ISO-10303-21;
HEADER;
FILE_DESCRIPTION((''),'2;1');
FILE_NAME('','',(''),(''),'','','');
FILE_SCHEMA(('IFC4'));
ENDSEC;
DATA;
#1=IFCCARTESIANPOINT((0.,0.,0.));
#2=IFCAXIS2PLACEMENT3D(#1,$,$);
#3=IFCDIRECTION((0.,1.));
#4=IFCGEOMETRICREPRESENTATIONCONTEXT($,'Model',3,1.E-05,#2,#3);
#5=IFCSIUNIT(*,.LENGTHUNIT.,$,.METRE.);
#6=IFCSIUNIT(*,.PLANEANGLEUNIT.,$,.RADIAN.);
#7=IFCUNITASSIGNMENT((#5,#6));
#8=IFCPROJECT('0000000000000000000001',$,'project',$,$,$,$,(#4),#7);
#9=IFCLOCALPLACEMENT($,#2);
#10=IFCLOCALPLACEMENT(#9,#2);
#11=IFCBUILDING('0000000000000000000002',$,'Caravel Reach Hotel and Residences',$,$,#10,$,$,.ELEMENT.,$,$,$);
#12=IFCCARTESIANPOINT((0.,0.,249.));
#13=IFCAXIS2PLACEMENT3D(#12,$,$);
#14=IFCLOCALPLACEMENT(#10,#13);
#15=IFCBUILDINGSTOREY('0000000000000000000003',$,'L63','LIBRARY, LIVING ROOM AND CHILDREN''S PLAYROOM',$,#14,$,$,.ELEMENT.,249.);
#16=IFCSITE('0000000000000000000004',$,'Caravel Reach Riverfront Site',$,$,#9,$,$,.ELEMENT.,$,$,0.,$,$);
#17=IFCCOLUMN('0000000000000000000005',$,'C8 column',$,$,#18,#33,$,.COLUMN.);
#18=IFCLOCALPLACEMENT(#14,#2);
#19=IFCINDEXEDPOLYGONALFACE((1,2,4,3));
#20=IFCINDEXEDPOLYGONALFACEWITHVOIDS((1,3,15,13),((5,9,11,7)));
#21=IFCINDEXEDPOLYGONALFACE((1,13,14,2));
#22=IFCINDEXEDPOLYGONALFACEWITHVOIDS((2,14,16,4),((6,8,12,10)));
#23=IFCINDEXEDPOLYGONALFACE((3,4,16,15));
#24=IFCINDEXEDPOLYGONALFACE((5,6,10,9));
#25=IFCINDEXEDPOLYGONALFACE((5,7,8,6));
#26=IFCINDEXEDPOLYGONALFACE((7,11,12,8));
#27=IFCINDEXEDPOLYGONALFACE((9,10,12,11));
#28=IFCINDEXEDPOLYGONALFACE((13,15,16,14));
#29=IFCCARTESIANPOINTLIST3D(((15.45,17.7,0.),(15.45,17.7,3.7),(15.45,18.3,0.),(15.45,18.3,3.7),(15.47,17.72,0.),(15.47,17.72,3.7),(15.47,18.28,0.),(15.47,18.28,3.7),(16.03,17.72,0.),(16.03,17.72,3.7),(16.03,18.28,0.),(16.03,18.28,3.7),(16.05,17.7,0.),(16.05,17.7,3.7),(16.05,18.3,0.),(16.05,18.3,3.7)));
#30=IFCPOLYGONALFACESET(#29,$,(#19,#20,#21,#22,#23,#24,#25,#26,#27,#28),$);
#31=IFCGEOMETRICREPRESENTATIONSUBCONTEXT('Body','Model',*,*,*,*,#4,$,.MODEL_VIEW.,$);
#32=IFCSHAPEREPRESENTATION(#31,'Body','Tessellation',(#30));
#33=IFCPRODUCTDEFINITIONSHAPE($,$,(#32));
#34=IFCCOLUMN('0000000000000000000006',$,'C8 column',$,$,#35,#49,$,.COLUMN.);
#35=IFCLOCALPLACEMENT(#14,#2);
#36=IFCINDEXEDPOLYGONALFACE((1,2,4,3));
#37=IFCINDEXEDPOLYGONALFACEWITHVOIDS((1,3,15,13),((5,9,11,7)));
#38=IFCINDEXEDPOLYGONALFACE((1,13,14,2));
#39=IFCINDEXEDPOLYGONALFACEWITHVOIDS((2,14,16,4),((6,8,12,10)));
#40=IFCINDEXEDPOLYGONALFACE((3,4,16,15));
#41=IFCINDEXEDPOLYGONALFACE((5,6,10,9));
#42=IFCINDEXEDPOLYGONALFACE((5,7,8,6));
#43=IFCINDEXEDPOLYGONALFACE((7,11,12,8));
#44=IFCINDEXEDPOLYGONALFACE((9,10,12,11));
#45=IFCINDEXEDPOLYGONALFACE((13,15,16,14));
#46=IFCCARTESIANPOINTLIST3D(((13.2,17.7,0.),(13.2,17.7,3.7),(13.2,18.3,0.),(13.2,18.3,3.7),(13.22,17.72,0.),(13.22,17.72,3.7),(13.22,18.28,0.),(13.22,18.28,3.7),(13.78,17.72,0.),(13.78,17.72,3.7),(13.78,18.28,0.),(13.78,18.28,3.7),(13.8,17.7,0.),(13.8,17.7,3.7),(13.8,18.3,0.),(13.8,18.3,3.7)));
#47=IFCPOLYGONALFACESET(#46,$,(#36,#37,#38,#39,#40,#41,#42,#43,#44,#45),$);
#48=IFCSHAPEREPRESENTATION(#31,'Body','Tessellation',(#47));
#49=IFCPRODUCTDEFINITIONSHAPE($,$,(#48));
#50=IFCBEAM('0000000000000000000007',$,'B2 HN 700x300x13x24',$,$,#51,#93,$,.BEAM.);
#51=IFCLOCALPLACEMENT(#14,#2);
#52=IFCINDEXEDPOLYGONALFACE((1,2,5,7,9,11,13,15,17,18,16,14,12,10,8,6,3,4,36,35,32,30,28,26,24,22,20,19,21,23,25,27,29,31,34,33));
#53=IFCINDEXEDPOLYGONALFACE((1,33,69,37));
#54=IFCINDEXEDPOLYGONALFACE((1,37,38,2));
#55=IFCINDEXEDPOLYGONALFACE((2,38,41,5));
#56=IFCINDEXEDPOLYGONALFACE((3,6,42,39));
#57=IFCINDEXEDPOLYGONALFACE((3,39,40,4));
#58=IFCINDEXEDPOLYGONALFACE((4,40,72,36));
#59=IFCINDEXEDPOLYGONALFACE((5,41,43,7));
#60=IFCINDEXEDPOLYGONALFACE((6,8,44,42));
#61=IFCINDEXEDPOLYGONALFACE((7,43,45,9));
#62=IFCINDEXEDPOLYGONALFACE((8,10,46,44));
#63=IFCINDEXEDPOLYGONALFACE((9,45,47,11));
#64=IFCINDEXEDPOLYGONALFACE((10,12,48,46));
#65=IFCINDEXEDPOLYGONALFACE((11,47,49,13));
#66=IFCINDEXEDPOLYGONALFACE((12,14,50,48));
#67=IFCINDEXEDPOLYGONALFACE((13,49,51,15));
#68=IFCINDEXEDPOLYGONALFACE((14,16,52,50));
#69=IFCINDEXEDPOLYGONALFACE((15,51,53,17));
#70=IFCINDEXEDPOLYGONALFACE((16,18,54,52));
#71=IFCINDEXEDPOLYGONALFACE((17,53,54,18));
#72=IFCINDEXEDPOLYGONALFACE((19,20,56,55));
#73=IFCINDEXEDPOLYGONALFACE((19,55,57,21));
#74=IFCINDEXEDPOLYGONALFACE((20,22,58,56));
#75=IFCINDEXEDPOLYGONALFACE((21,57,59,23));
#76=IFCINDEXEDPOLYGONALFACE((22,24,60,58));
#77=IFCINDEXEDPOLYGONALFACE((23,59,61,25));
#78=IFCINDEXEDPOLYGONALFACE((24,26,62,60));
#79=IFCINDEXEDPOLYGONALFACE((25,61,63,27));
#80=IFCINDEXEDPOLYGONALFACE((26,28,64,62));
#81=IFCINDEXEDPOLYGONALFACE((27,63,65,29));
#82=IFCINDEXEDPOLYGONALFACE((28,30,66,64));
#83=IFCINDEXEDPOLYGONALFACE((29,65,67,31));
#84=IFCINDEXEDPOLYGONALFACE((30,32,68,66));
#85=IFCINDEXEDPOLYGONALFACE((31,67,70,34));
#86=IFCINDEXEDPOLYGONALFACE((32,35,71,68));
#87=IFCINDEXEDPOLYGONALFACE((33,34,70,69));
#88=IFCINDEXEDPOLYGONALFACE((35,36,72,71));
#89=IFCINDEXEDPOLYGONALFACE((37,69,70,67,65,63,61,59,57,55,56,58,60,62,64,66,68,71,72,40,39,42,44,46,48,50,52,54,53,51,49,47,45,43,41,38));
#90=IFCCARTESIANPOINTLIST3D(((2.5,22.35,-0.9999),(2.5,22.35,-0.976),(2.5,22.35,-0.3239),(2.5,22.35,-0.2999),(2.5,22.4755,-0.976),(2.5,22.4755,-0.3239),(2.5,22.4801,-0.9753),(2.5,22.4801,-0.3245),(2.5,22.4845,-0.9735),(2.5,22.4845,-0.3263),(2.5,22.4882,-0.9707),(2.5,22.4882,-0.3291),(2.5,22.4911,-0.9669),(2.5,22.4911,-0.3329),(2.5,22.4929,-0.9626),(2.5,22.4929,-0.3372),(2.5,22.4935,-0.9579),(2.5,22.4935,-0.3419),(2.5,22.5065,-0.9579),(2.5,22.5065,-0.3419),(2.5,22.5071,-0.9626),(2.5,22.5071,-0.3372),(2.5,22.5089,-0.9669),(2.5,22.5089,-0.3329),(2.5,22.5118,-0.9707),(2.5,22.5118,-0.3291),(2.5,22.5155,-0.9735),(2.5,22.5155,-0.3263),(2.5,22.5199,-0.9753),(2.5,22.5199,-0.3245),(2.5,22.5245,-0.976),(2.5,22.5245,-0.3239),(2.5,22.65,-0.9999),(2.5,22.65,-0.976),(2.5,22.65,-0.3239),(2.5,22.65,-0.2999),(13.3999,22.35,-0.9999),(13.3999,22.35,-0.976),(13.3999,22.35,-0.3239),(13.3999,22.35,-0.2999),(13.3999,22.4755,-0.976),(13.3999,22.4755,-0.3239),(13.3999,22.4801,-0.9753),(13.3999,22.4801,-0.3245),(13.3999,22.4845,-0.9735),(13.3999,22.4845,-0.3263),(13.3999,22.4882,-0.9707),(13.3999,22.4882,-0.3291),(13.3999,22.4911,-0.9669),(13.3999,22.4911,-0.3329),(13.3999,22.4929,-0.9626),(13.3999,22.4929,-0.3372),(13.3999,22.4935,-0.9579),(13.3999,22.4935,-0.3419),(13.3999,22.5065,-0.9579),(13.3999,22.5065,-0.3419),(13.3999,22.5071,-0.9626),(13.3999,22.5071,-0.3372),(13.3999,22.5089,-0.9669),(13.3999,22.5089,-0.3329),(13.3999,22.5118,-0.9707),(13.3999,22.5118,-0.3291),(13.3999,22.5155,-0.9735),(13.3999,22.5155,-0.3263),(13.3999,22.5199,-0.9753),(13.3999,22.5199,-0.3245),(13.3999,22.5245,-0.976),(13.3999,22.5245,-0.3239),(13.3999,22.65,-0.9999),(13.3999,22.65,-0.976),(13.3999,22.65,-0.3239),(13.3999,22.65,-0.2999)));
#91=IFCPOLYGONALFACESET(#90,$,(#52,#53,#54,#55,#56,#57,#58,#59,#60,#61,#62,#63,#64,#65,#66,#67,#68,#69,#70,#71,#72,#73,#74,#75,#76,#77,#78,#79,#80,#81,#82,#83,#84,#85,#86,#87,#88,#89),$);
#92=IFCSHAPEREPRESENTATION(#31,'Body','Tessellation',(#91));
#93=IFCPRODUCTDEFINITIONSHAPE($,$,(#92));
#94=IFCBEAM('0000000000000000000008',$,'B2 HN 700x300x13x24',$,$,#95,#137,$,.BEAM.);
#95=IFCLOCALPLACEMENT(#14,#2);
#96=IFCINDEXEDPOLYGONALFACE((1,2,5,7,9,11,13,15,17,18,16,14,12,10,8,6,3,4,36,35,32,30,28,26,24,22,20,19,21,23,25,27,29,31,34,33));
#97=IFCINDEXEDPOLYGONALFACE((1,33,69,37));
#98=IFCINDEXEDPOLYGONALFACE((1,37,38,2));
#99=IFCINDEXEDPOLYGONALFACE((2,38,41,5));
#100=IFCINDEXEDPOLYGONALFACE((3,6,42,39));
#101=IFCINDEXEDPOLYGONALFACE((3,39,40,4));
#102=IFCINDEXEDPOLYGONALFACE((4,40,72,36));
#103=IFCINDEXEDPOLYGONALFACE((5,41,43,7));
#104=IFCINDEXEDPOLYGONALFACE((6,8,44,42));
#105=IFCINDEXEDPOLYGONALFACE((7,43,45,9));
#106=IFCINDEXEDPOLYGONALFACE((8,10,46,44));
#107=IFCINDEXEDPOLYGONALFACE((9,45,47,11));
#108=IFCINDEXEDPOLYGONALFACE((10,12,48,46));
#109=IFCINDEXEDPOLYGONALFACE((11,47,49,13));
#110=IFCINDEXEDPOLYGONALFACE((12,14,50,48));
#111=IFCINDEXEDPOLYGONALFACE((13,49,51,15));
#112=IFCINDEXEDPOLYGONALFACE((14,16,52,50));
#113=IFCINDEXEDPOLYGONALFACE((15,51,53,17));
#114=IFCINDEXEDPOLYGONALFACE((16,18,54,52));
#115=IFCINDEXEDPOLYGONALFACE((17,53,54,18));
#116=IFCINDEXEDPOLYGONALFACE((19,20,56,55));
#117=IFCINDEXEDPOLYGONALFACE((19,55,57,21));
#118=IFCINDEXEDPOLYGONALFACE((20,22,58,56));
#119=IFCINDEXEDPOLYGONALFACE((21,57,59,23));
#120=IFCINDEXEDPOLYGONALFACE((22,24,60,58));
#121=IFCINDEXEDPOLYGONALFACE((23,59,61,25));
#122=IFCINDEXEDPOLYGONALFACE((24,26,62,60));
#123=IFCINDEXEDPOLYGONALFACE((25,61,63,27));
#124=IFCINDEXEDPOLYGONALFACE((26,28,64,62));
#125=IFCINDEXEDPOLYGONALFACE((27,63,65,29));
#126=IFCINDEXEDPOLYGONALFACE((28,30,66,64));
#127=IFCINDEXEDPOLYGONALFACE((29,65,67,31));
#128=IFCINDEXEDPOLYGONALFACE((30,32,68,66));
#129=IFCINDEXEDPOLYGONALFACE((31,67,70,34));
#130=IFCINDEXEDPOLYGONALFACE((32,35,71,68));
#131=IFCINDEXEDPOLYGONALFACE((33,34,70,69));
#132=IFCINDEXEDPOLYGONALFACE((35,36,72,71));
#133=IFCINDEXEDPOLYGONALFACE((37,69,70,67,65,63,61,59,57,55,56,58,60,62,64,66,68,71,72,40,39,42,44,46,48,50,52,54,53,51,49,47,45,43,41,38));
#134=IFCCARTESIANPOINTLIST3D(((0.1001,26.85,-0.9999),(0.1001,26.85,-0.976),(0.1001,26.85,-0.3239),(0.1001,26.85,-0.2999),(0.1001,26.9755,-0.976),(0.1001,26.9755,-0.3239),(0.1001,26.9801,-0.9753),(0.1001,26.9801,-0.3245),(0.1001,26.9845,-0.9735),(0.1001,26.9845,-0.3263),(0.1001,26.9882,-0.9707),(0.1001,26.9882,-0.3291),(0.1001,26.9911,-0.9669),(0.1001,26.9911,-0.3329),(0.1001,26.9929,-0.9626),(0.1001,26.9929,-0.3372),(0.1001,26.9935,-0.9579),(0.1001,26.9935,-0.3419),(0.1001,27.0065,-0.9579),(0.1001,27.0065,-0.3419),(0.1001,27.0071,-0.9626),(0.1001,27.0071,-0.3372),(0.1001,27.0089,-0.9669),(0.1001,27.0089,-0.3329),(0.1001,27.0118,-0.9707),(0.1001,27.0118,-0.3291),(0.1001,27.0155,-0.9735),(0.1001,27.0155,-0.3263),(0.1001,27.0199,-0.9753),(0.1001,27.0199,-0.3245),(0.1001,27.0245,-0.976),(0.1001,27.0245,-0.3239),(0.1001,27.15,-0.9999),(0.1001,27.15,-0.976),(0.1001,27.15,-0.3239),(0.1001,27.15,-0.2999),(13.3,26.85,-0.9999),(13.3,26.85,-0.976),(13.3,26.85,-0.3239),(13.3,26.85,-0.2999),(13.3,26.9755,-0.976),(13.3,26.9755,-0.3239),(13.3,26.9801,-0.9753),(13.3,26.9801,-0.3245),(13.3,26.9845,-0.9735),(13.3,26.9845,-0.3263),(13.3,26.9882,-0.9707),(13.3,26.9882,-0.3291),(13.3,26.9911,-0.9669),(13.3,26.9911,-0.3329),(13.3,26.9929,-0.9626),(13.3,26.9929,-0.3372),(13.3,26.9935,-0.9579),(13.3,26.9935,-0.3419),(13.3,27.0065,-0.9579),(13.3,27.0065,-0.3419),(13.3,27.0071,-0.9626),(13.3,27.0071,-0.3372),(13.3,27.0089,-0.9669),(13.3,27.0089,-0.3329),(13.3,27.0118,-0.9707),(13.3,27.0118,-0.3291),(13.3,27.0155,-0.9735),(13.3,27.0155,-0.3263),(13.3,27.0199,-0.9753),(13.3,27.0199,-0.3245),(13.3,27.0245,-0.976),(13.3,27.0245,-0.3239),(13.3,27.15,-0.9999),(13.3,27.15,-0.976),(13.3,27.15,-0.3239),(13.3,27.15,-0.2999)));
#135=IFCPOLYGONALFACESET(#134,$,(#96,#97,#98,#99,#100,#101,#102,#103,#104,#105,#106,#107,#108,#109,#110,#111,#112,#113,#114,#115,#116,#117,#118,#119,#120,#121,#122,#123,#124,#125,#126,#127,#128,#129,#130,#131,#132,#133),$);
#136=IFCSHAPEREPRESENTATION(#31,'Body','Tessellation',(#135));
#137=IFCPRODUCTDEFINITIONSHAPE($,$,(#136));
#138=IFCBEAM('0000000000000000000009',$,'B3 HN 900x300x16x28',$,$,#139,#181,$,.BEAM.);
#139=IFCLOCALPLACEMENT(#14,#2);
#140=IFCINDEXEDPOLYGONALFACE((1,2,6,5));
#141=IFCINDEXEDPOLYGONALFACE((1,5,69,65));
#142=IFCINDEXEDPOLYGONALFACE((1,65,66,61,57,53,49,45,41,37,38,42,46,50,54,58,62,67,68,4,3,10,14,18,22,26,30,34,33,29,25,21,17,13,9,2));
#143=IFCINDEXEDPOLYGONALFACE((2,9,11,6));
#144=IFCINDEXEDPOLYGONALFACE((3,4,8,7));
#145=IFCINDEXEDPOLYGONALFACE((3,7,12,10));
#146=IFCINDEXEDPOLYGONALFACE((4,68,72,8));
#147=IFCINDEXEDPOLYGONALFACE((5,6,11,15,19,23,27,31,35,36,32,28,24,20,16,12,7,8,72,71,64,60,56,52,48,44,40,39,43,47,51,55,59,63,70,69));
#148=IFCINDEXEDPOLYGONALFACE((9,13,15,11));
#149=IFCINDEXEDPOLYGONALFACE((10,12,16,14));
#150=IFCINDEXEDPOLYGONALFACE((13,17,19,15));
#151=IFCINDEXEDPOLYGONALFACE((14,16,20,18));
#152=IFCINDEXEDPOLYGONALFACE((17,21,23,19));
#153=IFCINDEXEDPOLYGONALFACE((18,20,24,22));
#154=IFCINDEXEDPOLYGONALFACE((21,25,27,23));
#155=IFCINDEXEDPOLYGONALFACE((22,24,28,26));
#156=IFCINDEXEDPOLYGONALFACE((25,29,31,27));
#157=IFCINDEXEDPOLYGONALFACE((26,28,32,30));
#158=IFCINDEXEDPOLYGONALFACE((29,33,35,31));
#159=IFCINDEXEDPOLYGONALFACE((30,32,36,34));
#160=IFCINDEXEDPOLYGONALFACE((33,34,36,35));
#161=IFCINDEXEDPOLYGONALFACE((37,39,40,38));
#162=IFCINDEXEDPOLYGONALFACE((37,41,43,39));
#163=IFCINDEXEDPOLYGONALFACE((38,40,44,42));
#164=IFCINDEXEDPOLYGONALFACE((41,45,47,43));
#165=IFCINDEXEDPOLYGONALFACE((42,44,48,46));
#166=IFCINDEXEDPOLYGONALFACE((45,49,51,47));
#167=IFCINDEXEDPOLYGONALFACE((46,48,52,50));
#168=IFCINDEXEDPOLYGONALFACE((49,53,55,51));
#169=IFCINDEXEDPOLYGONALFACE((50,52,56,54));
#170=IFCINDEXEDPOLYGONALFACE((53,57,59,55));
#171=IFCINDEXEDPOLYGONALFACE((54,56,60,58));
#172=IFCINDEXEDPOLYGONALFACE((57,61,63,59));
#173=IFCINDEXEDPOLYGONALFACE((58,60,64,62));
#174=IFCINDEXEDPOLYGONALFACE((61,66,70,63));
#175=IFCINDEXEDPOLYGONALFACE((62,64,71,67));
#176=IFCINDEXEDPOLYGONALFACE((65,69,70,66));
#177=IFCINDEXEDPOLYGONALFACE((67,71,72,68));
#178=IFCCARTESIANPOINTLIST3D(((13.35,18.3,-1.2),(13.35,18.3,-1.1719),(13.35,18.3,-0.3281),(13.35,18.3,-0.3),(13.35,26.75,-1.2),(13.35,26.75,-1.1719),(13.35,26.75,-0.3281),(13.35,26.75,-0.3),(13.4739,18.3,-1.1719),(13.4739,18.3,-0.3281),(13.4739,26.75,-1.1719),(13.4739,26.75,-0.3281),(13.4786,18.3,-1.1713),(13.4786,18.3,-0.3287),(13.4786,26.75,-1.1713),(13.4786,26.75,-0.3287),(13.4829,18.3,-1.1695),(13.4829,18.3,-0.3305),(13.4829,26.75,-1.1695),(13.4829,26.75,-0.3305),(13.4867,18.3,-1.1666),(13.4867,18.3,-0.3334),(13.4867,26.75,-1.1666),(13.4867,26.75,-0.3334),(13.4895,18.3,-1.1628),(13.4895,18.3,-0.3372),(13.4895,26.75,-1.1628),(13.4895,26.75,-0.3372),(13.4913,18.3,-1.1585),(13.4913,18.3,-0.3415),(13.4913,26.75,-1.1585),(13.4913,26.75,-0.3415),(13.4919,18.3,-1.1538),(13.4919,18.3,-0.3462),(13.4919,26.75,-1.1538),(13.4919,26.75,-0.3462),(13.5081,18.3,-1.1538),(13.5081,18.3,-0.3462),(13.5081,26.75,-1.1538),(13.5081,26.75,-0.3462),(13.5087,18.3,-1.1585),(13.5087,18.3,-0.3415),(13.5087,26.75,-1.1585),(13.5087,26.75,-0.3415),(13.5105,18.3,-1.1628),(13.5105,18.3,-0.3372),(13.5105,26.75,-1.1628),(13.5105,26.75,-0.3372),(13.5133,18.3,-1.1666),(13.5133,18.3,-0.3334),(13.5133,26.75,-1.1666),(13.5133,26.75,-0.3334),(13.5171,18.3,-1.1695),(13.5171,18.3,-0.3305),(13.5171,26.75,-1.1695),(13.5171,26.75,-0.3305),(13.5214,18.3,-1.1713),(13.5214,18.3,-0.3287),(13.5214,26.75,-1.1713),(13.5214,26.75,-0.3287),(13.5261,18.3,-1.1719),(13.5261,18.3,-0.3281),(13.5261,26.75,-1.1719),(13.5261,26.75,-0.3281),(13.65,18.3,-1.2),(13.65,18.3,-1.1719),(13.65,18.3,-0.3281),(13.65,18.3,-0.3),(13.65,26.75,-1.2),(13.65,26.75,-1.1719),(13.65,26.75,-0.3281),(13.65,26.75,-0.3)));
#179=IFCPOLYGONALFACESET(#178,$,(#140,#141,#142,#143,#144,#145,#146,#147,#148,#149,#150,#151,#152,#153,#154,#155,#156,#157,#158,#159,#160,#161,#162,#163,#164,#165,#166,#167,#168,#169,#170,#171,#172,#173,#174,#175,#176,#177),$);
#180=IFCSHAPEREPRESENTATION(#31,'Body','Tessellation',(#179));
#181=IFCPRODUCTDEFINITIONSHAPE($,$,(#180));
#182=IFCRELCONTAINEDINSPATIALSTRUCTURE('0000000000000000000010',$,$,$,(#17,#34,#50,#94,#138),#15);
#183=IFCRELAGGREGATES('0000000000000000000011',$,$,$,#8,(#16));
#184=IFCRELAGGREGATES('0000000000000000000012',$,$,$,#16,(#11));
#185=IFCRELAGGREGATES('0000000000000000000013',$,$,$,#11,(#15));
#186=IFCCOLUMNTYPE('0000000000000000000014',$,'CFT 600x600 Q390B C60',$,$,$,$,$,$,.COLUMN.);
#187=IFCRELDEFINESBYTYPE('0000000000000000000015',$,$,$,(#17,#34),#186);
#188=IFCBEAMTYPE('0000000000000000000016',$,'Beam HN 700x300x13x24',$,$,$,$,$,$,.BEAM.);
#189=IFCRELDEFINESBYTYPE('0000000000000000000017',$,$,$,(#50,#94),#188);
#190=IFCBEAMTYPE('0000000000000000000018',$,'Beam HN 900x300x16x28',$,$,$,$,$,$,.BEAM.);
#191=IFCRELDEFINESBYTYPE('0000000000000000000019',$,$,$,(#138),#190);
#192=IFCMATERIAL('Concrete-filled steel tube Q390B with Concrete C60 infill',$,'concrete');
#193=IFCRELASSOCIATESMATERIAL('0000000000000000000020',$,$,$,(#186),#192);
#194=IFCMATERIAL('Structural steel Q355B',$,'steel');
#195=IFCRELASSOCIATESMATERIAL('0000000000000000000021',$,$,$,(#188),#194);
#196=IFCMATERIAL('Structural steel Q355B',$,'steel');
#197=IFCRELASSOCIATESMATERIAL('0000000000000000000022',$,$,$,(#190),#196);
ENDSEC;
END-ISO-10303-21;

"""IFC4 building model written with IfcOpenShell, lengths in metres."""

from ifc_helpers import new_model, si_unit, direction, frame, origin, origin_2d, place, context, subcontext, project, spatial, hollow_rectangle, i_section, extrude, material, material_profile, profile_set, type_object, element, save


model = new_model("IFC4")

# Units and contexts
model_context = context("Model", 3, precision=1e-05, world=origin(), true_north=direction((0.0, 1.0)))
body_context = subcontext(model_context, "Body", "Model", "MODEL_VIEW")
ifc_project = project(units=[si_unit("LENGTHUNIT", "METRE"), si_unit("PLANEANGLEUNIT", "RADIAN")], contexts=[model_context])

# Site, building, storey
site_placement = place(None, origin())
site = spatial("IfcSite", under=ifc_project, at=site_placement, Name="Caravel Reach Riverfront Site", CompositionType="ELEMENT", RefElevation=0.0)
building_placement = place(site_placement, origin())
building = spatial("IfcBuilding", under=site, at=building_placement, Name="Caravel Reach Hotel and Residences", CompositionType="ELEMENT")
storey_placement = place(building_placement, frame((0.0, 0.0, 249.0)))
storey = spatial("IfcBuildingStorey", under=building, at=storey_placement, Name="L63", Description="LIBRARY, LIVING ROOM AND CHILDREN'S PLAYROOM", CompositionType="ELEMENT", Elevation=249.0)

# Columns
ifc_material_1 = material(Name="Concrete-filled steel tube Q390B with Concrete C60 infill", Category="concrete")
ifc_material_profile_1 = material_profile(ifc_material_1, hollow_rectangle(XDim=0.6001, YDim=0.6001, WallThickness=0.02, at=origin_2d()), Name="RHS 600x600x20")
ifc_profile_set_1 = profile_set([ifc_material_profile_1], Name="Concrete-filled steel tube Q390B with Concrete C60 infill")
column_type = type_object("IfcColumnType", Name="CFT 600x600 Q390B C60", PredefinedType="COLUMN", material=ifc_profile_set_1)
for number, where, z_axis, x_axis, name in (
    (1, (15.75, 18.0, 0.0), (0.0, 0.0, 1.0), (1.0, 0.0, 0.0), "C8 column"),
    (2, (13.5, 18.0, 0.0), (0.0, 0.0, 1.0), (1.0, 0.0, 0.0), "C8 column"),
):
    element("IfcColumn", number, at=place(storey_placement, frame(where, z_axis=z_axis, x_axis=x_axis)), inside=storey, type_object=column_type, Name=name, PredefinedType="COLUMN", context=body_context, shape_type="SweptSolid", body=[
        extrude(hollow_rectangle(XDim=0.6001, YDim=0.6001, WallThickness=0.02, at=origin_2d()), origin(), (0.0, 0.0, 1.0), 3.7),
    ])

# Beams
ifc_material_2 = material(Name="Structural steel Q355B", Category="steel")
ifc_material_profile_2 = material_profile(ifc_material_2, i_section(OverallWidth=0.3, OverallDepth=0.7, WebThickness=0.0129, FlangeThickness=0.0239, FilletRadius=0.0181, at=origin_2d()), Name="HN 700x300x13x24")
ifc_profile_set_2 = profile_set([ifc_material_profile_2], Name="Structural steel Q355B")
beam_type_1 = type_object("IfcBeamType", Name="Beam HN 700x300x13x24", PredefinedType="BEAM", material=ifc_profile_set_2)
beam_1_placement = place(storey_placement, frame((13.3999, 22.5, -0.6499), z_axis=(-1.0, 0.0, 0.0), x_axis=(0.0, -1.0, 0.0)))
element("IfcBeam", 3, at=beam_1_placement, inside=storey, type_object=beam_type_1, Name="B2 HN 700x300x13x24", PredefinedType="BEAM", context=body_context, shape_type="SweptSolid", body=[
    extrude(i_section(OverallWidth=0.3, OverallDepth=0.7, WebThickness=0.0129, FlangeThickness=0.0239, FilletRadius=0.0181, at=origin_2d()), origin(), (0.0, 0.0, 1.0), 10.8999),
])
beam_2_placement = place(storey_placement, frame((13.3, 27.0, -0.6499), z_axis=(-1.0, 0.0, 0.0), x_axis=(0.0, -1.0, 0.0)))
element("IfcBeam", 4, at=beam_2_placement, inside=storey, type_object=beam_type_1, Name="B2 HN 700x300x13x24", PredefinedType="BEAM", context=body_context, shape_type="SweptSolid", body=[
    extrude(i_section(OverallWidth=0.3, OverallDepth=0.7, WebThickness=0.0129, FlangeThickness=0.0239, FilletRadius=0.0181, at=origin_2d()), origin(), (0.0, 0.0, 1.0), 13.2),
])
ifc_material_3 = material(Name="Structural steel Q355B", Category="steel")
ifc_material_profile_3 = material_profile(ifc_material_3, i_section(OverallWidth=0.3, OverallDepth=0.8999, WebThickness=0.0161, FlangeThickness=0.0281, FilletRadius=0.0181, at=origin_2d()), Name="HN 900x300x16x28")
ifc_profile_set_3 = profile_set([ifc_material_profile_3], Name="Structural steel Q355B")
beam_type_2 = type_object("IfcBeamType", Name="Beam HN 900x300x16x28", PredefinedType="BEAM", material=ifc_profile_set_3)
beam_3_placement = place(storey_placement, frame((13.5, 18.3, -0.75), z_axis=(0.0, 1.0, 0.0), x_axis=(-1.0, 0.0, 0.0)))
element("IfcBeam", 5, at=beam_3_placement, inside=storey, type_object=beam_type_2, Name="B3 HN 900x300x16x28", PredefinedType="BEAM", context=body_context, shape_type="SweptSolid", body=[
    extrude(i_section(OverallWidth=0.3, OverallDepth=0.8999, WebThickness=0.0161, FlangeThickness=0.0281, FilletRadius=0.0181, at=origin_2d()), origin(), (0.0, 0.0, 1.0), 8.45),
])

save(model, "model.ifc")
